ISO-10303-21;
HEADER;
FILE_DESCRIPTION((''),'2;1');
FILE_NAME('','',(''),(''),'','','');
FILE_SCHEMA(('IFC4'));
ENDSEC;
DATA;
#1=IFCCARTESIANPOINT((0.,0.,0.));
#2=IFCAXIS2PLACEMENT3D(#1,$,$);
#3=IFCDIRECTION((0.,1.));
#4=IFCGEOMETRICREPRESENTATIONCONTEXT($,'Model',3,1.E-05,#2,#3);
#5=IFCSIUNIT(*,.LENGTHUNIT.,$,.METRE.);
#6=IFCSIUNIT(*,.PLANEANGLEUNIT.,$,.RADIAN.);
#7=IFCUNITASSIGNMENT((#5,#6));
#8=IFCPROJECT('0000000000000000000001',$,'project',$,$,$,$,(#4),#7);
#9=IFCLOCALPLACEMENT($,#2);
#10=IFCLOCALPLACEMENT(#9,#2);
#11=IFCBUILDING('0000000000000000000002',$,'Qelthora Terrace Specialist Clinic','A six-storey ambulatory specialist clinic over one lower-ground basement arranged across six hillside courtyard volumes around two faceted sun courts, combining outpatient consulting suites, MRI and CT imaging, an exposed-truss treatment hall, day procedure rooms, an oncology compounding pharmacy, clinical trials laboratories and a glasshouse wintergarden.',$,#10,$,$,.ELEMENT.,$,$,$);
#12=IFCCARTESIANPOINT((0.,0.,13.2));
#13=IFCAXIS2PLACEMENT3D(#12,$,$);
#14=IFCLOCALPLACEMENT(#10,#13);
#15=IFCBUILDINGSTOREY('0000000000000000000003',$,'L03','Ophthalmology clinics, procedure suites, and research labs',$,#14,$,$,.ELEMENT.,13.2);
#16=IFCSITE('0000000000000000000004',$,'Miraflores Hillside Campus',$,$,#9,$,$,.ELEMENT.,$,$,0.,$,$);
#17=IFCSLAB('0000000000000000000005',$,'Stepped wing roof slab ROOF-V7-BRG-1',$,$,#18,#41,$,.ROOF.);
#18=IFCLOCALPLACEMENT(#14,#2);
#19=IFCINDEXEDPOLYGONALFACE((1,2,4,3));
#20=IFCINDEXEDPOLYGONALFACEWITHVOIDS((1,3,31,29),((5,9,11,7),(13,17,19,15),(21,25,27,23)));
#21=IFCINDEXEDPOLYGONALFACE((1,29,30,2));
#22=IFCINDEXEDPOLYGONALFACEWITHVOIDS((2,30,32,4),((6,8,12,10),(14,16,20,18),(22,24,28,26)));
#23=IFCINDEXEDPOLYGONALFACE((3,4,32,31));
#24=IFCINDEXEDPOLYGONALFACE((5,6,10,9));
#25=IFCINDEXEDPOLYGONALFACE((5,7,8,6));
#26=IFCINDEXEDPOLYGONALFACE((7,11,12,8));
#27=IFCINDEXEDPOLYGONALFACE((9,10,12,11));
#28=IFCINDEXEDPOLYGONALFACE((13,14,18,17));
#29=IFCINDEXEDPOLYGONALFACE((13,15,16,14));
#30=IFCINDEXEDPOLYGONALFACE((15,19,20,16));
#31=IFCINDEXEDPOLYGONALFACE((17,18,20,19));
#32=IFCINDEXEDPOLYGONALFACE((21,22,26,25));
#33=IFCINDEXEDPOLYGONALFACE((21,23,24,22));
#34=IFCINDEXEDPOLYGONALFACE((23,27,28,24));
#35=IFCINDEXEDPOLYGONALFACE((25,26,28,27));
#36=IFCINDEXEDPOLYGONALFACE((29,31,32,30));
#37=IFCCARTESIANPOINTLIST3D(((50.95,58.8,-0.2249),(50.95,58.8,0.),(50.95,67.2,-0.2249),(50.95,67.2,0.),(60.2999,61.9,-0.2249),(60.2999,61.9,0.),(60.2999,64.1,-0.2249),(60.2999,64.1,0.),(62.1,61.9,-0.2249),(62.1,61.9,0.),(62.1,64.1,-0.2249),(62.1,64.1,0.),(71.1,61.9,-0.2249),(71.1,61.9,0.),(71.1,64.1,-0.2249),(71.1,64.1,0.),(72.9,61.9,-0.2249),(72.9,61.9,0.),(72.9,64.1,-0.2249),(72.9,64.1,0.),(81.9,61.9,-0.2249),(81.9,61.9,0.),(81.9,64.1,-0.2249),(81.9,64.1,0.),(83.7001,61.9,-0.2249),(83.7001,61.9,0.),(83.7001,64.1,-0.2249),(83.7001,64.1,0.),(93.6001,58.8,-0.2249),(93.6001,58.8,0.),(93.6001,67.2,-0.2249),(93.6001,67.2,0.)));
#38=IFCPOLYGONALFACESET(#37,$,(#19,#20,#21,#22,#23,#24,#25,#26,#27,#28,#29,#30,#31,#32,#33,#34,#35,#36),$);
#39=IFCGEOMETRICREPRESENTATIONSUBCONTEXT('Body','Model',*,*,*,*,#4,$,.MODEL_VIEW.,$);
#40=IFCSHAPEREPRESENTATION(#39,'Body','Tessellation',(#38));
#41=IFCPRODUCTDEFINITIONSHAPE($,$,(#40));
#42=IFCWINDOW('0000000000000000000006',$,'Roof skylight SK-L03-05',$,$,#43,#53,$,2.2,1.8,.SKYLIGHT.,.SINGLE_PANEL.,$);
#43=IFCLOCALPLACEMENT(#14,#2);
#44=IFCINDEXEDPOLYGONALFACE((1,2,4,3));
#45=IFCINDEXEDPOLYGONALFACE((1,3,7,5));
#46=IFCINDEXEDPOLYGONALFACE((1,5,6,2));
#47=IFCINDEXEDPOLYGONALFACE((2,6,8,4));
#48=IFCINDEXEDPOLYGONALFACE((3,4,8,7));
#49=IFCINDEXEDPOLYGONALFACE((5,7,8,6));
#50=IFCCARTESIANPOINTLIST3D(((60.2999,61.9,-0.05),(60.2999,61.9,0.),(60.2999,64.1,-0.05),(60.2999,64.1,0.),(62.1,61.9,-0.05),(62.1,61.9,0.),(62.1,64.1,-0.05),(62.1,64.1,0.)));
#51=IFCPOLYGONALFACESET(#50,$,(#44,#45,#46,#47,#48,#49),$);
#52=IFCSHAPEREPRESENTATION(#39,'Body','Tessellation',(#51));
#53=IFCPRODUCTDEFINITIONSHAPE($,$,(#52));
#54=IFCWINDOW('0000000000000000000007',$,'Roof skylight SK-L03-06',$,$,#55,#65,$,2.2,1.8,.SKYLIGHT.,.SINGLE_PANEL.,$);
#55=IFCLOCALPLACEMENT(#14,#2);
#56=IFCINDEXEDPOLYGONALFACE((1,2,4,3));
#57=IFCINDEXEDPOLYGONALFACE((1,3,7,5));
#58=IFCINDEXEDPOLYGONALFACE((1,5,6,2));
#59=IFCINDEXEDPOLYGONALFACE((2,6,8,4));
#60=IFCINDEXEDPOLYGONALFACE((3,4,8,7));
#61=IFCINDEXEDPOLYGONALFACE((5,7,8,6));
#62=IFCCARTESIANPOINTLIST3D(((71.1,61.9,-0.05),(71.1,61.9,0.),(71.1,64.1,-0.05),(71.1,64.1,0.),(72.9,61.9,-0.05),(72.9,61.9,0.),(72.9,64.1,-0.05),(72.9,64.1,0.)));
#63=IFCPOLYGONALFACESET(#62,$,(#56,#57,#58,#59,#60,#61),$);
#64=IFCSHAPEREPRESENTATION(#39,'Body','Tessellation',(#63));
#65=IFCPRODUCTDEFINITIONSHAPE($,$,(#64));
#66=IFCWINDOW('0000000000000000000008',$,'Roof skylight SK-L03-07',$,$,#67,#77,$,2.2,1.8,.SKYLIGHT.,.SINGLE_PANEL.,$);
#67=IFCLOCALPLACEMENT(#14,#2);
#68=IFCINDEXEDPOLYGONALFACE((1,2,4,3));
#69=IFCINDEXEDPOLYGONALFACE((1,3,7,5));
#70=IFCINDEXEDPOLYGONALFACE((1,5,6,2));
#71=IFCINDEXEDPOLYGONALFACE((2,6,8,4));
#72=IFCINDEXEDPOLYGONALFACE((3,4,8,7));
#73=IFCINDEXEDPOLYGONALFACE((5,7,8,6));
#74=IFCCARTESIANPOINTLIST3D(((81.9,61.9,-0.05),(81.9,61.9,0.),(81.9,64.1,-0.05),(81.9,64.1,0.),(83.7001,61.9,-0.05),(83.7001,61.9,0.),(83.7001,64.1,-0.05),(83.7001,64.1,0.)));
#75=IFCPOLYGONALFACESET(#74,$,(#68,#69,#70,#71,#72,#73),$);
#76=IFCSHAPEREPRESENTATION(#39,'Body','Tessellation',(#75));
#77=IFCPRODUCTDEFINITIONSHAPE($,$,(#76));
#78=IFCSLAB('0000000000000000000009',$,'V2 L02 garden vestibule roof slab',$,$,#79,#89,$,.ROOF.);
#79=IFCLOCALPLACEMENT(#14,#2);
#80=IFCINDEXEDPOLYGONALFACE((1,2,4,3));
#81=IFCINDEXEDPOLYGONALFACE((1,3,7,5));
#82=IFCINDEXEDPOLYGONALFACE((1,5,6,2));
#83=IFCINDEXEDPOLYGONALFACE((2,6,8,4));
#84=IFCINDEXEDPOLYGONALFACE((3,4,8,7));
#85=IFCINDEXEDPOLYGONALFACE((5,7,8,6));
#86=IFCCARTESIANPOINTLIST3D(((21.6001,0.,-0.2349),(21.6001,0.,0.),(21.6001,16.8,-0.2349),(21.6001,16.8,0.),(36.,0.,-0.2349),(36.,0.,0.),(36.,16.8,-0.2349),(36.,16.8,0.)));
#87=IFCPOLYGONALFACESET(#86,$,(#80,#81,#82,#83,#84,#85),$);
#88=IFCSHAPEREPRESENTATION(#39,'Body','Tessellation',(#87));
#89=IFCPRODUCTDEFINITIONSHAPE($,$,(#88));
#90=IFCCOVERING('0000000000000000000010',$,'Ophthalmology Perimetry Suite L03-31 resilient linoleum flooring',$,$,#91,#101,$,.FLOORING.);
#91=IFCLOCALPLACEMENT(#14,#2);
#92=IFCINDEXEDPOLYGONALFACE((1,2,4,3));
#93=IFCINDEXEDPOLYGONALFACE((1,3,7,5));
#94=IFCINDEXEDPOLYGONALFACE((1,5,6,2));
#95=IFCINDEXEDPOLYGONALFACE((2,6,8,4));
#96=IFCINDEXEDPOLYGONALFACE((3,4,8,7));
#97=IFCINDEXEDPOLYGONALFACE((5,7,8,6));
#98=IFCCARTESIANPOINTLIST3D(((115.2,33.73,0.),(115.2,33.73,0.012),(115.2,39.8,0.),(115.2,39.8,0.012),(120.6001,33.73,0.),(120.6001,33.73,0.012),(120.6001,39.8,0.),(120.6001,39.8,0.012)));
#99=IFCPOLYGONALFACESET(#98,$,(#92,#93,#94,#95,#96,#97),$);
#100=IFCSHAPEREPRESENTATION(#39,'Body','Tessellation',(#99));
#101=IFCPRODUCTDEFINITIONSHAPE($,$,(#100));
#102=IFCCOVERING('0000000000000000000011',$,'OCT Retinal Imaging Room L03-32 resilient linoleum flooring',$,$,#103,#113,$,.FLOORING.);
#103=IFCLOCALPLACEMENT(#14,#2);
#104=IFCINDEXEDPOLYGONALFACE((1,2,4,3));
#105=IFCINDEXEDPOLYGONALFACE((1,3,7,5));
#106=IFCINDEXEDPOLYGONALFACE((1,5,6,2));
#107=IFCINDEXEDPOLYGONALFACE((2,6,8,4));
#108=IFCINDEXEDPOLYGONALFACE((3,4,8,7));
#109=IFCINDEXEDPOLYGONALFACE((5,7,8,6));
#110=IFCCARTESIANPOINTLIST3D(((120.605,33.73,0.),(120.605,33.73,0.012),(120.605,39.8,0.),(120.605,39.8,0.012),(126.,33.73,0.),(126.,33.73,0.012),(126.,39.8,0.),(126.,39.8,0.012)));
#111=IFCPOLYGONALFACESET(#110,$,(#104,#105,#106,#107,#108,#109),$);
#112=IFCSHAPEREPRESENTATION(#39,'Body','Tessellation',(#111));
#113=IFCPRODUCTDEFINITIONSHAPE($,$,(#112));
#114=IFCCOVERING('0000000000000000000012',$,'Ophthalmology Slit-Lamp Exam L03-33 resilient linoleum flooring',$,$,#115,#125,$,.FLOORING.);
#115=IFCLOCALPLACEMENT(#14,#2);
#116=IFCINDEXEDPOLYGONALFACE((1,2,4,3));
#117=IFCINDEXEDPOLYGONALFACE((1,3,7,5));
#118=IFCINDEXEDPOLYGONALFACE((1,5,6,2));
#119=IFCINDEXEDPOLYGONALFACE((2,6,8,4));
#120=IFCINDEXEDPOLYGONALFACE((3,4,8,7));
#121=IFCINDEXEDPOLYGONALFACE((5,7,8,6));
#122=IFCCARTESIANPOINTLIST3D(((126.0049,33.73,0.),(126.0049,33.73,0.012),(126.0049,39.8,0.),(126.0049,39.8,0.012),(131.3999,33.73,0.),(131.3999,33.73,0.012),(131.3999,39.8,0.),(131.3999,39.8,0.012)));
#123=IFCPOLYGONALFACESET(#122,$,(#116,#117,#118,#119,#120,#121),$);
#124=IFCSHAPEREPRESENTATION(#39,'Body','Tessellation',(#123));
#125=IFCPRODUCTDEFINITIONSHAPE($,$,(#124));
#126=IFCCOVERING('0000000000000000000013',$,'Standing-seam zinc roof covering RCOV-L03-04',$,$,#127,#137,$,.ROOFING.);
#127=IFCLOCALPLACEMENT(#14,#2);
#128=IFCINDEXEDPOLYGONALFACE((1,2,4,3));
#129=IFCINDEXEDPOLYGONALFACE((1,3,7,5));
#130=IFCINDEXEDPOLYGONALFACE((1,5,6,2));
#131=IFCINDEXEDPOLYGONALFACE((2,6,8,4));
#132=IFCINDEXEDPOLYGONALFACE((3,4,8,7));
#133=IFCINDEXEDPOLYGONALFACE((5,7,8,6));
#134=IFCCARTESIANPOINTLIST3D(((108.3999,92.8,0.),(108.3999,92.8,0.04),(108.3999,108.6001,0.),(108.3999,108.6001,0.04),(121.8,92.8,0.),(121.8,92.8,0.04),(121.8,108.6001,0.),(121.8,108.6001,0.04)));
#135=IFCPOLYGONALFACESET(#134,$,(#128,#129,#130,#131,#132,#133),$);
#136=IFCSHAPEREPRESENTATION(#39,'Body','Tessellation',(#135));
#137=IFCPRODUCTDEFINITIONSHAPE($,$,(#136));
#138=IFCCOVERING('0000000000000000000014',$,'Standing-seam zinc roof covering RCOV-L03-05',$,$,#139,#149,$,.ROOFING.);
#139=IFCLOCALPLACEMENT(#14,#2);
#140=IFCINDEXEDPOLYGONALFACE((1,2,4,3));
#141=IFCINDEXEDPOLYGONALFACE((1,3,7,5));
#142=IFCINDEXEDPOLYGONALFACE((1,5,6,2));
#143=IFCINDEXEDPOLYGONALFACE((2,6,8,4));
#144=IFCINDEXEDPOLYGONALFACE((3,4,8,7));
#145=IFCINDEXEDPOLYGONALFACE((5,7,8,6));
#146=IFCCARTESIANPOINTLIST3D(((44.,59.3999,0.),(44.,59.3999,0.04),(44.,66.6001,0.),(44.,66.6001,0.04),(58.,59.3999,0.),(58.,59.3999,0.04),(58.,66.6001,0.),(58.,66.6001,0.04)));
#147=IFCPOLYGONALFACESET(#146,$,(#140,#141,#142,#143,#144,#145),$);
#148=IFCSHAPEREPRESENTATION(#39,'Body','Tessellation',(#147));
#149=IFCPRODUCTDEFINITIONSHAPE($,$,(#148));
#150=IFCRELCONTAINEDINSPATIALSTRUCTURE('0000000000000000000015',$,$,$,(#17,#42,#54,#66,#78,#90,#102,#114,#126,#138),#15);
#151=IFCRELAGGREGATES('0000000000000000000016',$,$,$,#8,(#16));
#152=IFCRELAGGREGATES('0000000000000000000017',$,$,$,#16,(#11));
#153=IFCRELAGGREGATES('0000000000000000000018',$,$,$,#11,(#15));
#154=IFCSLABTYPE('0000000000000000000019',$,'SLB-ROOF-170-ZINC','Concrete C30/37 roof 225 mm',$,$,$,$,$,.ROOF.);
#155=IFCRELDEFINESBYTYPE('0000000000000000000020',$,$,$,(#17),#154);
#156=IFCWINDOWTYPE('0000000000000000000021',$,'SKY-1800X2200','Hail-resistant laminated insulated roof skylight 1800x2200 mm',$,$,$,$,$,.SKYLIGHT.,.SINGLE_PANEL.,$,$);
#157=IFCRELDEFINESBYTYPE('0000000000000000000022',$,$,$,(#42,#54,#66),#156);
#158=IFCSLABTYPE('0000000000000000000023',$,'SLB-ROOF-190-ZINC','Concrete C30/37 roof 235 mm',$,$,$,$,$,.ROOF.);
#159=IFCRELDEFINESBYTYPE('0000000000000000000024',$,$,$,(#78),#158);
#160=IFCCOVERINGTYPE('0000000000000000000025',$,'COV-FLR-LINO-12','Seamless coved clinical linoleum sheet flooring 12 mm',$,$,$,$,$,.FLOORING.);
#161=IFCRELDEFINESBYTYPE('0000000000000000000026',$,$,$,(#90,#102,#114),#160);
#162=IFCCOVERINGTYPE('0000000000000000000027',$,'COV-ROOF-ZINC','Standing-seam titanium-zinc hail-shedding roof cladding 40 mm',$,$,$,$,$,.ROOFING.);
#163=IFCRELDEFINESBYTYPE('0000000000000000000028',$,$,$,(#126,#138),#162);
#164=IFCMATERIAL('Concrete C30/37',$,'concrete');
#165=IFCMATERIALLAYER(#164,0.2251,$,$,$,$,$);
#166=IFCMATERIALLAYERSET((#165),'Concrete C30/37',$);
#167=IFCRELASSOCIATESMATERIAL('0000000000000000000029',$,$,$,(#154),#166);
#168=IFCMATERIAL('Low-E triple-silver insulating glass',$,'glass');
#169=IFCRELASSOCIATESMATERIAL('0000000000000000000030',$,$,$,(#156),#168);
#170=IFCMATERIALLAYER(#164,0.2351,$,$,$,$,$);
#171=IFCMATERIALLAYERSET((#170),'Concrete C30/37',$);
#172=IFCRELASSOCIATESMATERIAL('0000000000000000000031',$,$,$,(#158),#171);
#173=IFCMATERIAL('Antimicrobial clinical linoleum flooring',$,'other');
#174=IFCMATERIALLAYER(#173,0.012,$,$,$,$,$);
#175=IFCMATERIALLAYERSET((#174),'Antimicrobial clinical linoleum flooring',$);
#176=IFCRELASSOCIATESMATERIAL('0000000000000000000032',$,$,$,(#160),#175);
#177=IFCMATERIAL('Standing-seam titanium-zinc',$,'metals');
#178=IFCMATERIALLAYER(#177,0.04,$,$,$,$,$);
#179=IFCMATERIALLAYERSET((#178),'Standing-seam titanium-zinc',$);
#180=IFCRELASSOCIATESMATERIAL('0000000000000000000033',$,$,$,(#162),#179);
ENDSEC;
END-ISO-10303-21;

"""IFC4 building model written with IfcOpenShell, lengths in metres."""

from ifc_helpers import new_model, si_unit, direction, frame, origin, origin_2d, place, context, subcontext, project, spatial, polyline, rectangle, outline, extrude, material, layer, layer_set, type_object, element, fill, save


model = new_model("IFC4")

# Units and contexts
model_context = context("Model", 3, precision=1e-05, world=origin(), true_north=direction((0.0, 1.0)))
body_context = subcontext(model_context, "Body", "Model", "MODEL_VIEW")
ifc_project = project(units=[si_unit("LENGTHUNIT", "METRE"), si_unit("PLANEANGLEUNIT", "RADIAN")], contexts=[model_context])

# Site, building, storey
site_placement = place(None, origin())
site = spatial("IfcSite", under=ifc_project, at=site_placement, Name="Miraflores Hillside Campus", CompositionType="ELEMENT", RefElevation=0.0)
building_placement = place(site_placement, origin())
building = spatial("IfcBuilding", under=site, at=building_placement, Name="Qelthora Terrace Specialist Clinic", Description="A six-storey ambulatory specialist clinic over one lower-ground basement arranged across six hillside courtyard volumes around two faceted sun courts, combining outpatient consulting suites, MRI and CT imaging, an exposed-truss treatment hall, day procedure rooms, an oncology compounding pharmacy, clinical trials laboratories and a glasshouse wintergarden.", CompositionType="ELEMENT")
storey_placement = place(building_placement, frame((0.0, 0.0, 13.2)))
storey = spatial("IfcBuildingStorey", under=building, at=storey_placement, Name="L03", Description="Ophthalmology clinics, procedure suites, and research labs", CompositionType="ELEMENT", Elevation=13.2)

# Shared definitions
ifc_material_1 = material(Name="Concrete C30/37", Category="concrete")

# Shared definitions
ifc_layer_1 = layer(ifc_material_1, 0.2251)
ifc_layer_set_1 = layer_set([ifc_layer_1], Name="Concrete C30/37")
slab_type_1 = type_object("IfcSlabType", Name="SLB-ROOF-170-ZINC", Description="Concrete C30/37 roof 225 mm", PredefinedType="ROOF", material=ifc_layer_set_1)
ifc_material_2 = material(Name="Low-E triple-silver insulating glass", Category="glass")

# Slab, openings, windows
slab_1_placement = place(storey_placement, frame((0.0, 0.0, -0.2249)))
slab_1 = element("IfcSlab", 1, at=slab_1_placement, inside=storey, type_object=slab_type_1, Name="Stepped wing roof slab ROOF-V7-BRG-1", PredefinedType="ROOF", context=body_context, shape_type="SweptSolid", body=[
    extrude(outline(polyline([(93.6001, 67.2), (93.6001, 58.8), (50.95, 58.8), (50.95, 67.2), (93.6001, 67.2)])), origin(), (0.0, 0.0, 1.0), 0.2249),
])
opening_1_placement = place(slab_1_placement, frame((61.2, 63.0, 0.0)))
opening_1 = element("IfcOpeningElement", 2, at=opening_1_placement, cuts=slab_1, PredefinedType="OPENING", context=body_context, shape_type="SweptSolid", body=[
    extrude(rectangle(XDim=1.8, YDim=2.2, at=origin_2d()), frame((0.0, 0.0, -0.01)), (0.0, 0.0, 1.0), 0.2449),
])
opening_2_placement = place(slab_1_placement, frame((72.0, 63.0, 0.0)))
opening_2 = element("IfcOpeningElement", 3, at=opening_2_placement, cuts=slab_1, PredefinedType="OPENING", context=body_context, shape_type="SweptSolid", body=[
    extrude(rectangle(XDim=1.8, YDim=2.2, at=origin_2d()), frame((0.0, 0.0, -0.01)), (0.0, 0.0, 1.0), 0.2449),
])
opening_3_placement = place(slab_1_placement, frame((82.8, 63.0, 0.0)))
opening_3 = element("IfcOpeningElement", 4, at=opening_3_placement, cuts=slab_1, PredefinedType="OPENING", context=body_context, shape_type="SweptSolid", body=[
    extrude(rectangle(XDim=1.8, YDim=2.2, at=origin_2d()), frame((0.0, 0.0, -0.01)), (0.0, 0.0, 1.0), 0.2449),
])
window_type_1 = type_object("IfcWindowType", Name="SKY-1800X2200", Description="Hail-resistant laminated insulated roof skylight 1800x2200 mm", PartitioningType="SINGLE_PANEL", PredefinedType="SKYLIGHT", material=ifc_material_2)
window_1_placement = place(opening_1_placement, frame((0.0, 0.0, 0.1748)))
window_1 = element("IfcWindow", 5, at=window_1_placement, inside=storey, type_object=window_type_1, Name="Roof skylight SK-L03-05", OverallHeight=2.2, OverallWidth=1.8, PartitioningType="SINGLE_PANEL", PredefinedType="SKYLIGHT", context=body_context, shape_type="SweptSolid", body=[
    extrude(rectangle(XDim=1.8, YDim=2.2, at=origin_2d()), origin(), (0.0, 0.0, 1.0), 0.05),
])
fill(opening_1, window_1)
window_2_placement = place(opening_2_placement, frame((0.0, 0.0, 0.1748)))
window_2 = element("IfcWindow", 6, at=window_2_placement, inside=storey, type_object=window_type_1, Name="Roof skylight SK-L03-06", OverallHeight=2.2, OverallWidth=1.8, PartitioningType="SINGLE_PANEL", PredefinedType="SKYLIGHT", context=body_context, shape_type="SweptSolid", body=[
    extrude(rectangle(XDim=1.8, YDim=2.2, at=origin_2d()), origin(), (0.0, 0.0, 1.0), 0.05),
])
fill(opening_2, window_2)
window_3_placement = place(opening_3_placement, frame((0.0, 0.0, 0.1748)))
window_3 = element("IfcWindow", 7, at=window_3_placement, inside=storey, type_object=window_type_1, Name="Roof skylight SK-L03-07", OverallHeight=2.2, OverallWidth=1.8, PartitioningType="SINGLE_PANEL", PredefinedType="SKYLIGHT", context=body_context, shape_type="SweptSolid", body=[
    extrude(rectangle(XDim=1.8, YDim=2.2, at=origin_2d()), origin(), (0.0, 0.0, 1.0), 0.05),
])
fill(opening_3, window_3)

# Slab
ifc_layer_2 = layer(ifc_material_1, 0.2351)
ifc_layer_set_2 = layer_set([ifc_layer_2], Name="Concrete C30/37")
slab_type_2 = type_object("IfcSlabType", Name="SLB-ROOF-190-ZINC", Description="Concrete C30/37 roof 235 mm", PredefinedType="ROOF", material=ifc_layer_set_2)
slab_2_placement = place(storey_placement, frame((0.0, 0.0, -0.2349)))
element("IfcSlab", 8, at=slab_2_placement, inside=storey, type_object=slab_type_2, Name="V2 L02 garden vestibule roof slab", PredefinedType="ROOF", context=body_context, shape_type="SweptSolid", body=[
    extrude(outline(polyline([(21.6001, 0.0), (36.0, 0.0), (36.0, 16.8), (21.6001, 16.8), (21.6001, 0.0)])), origin(), (0.0, 0.0, 1.0), 0.2349),
])

# Coverings
ifc_material_3 = material(Name="Antimicrobial clinical linoleum flooring", Category="other")
ifc_layer_3 = layer(ifc_material_3, 0.012)
ifc_layer_set_3 = layer_set([ifc_layer_3], Name="Antimicrobial clinical linoleum flooring")
covering_type_1 = type_object("IfcCoveringType", Name="COV-FLR-LINO-12", Description="Seamless coved clinical linoleum sheet flooring 12 mm", PredefinedType="FLOORING", material=ifc_layer_set_3)
covering_1_placement = place(storey_placement, origin())
element("IfcCovering", 9, at=covering_1_placement, inside=storey, type_object=covering_type_1, Name="Ophthalmology Perimetry Suite L03-31 resilient linoleum flooring", PredefinedType="FLOORING", context=body_context, shape_type="SweptSolid", body=[
    extrude(outline(polyline([(115.2, 33.73), (115.2, 39.8), (120.6001, 39.8), (120.6001, 33.73), (115.2, 33.73)])), origin(), (0.0, 0.0, 1.0), 0.012),
])
covering_2_placement = place(storey_placement, origin())
element("IfcCovering", 10, at=covering_2_placement, inside=storey, type_object=covering_type_1, Name="OCT Retinal Imaging Room L03-32 resilient linoleum flooring", PredefinedType="FLOORING", context=body_context, shape_type="SweptSolid", body=[
    extrude(outline(polyline([(120.605, 39.8), (126.0, 39.8), (126.0, 33.73), (120.605, 33.73), (120.605, 39.8)])), origin(), (0.0, 0.0, 1.0), 0.012),
])
covering_3_placement = place(storey_placement, origin())
element("IfcCovering", 11, at=covering_3_placement, inside=storey, type_object=covering_type_1, Name="Ophthalmology Slit-Lamp Exam L03-33 resilient linoleum flooring", PredefinedType="FLOORING", context=body_context, shape_type="SweptSolid", body=[
    extrude(outline(polyline([(126.0049, 39.8), (131.3999, 39.8), (131.3999, 33.73), (126.0049, 33.73), (126.0049, 39.8)])), origin(), (0.0, 0.0, 1.0), 0.012),
])
ifc_material_4 = material(Name="Standing-seam titanium-zinc", Category="metals")
ifc_layer_4 = layer(ifc_material_4, 0.04)
ifc_layer_set_4 = layer_set([ifc_layer_4], Name="Standing-seam titanium-zinc")
covering_type_2 = type_object("IfcCoveringType", Name="COV-ROOF-ZINC", Description="Standing-seam titanium-zinc hail-shedding roof cladding 40 mm", PredefinedType="ROOFING", material=ifc_layer_set_4)
covering_4_placement = place(storey_placement, origin())
element("IfcCovering", 12, at=covering_4_placement, inside=storey, type_object=covering_type_2, Name="Standing-seam zinc roof covering RCOV-L03-04", PredefinedType="ROOFING", context=body_context, shape_type="SweptSolid", body=[
    extrude(outline(polyline([(108.3999, 92.8), (121.8, 92.8), (121.8, 108.6001), (108.3999, 108.6001), (108.3999, 92.8)])), origin(), (0.0, 0.0, 1.0), 0.04),
])
covering_5_placement = place(storey_placement, origin())
element("IfcCovering", 13, at=covering_5_placement, inside=storey, type_object=covering_type_2, Name="Standing-seam zinc roof covering RCOV-L03-05", PredefinedType="ROOFING", context=body_context, shape_type="SweptSolid", body=[
    extrude(outline(polyline([(44.0, 59.3999), (58.0, 59.3999), (58.0, 66.6001), (44.0, 66.6001), (44.0, 59.3999)])), origin(), (0.0, 0.0, 1.0), 0.04),
])

save(model, "model.ifc")
